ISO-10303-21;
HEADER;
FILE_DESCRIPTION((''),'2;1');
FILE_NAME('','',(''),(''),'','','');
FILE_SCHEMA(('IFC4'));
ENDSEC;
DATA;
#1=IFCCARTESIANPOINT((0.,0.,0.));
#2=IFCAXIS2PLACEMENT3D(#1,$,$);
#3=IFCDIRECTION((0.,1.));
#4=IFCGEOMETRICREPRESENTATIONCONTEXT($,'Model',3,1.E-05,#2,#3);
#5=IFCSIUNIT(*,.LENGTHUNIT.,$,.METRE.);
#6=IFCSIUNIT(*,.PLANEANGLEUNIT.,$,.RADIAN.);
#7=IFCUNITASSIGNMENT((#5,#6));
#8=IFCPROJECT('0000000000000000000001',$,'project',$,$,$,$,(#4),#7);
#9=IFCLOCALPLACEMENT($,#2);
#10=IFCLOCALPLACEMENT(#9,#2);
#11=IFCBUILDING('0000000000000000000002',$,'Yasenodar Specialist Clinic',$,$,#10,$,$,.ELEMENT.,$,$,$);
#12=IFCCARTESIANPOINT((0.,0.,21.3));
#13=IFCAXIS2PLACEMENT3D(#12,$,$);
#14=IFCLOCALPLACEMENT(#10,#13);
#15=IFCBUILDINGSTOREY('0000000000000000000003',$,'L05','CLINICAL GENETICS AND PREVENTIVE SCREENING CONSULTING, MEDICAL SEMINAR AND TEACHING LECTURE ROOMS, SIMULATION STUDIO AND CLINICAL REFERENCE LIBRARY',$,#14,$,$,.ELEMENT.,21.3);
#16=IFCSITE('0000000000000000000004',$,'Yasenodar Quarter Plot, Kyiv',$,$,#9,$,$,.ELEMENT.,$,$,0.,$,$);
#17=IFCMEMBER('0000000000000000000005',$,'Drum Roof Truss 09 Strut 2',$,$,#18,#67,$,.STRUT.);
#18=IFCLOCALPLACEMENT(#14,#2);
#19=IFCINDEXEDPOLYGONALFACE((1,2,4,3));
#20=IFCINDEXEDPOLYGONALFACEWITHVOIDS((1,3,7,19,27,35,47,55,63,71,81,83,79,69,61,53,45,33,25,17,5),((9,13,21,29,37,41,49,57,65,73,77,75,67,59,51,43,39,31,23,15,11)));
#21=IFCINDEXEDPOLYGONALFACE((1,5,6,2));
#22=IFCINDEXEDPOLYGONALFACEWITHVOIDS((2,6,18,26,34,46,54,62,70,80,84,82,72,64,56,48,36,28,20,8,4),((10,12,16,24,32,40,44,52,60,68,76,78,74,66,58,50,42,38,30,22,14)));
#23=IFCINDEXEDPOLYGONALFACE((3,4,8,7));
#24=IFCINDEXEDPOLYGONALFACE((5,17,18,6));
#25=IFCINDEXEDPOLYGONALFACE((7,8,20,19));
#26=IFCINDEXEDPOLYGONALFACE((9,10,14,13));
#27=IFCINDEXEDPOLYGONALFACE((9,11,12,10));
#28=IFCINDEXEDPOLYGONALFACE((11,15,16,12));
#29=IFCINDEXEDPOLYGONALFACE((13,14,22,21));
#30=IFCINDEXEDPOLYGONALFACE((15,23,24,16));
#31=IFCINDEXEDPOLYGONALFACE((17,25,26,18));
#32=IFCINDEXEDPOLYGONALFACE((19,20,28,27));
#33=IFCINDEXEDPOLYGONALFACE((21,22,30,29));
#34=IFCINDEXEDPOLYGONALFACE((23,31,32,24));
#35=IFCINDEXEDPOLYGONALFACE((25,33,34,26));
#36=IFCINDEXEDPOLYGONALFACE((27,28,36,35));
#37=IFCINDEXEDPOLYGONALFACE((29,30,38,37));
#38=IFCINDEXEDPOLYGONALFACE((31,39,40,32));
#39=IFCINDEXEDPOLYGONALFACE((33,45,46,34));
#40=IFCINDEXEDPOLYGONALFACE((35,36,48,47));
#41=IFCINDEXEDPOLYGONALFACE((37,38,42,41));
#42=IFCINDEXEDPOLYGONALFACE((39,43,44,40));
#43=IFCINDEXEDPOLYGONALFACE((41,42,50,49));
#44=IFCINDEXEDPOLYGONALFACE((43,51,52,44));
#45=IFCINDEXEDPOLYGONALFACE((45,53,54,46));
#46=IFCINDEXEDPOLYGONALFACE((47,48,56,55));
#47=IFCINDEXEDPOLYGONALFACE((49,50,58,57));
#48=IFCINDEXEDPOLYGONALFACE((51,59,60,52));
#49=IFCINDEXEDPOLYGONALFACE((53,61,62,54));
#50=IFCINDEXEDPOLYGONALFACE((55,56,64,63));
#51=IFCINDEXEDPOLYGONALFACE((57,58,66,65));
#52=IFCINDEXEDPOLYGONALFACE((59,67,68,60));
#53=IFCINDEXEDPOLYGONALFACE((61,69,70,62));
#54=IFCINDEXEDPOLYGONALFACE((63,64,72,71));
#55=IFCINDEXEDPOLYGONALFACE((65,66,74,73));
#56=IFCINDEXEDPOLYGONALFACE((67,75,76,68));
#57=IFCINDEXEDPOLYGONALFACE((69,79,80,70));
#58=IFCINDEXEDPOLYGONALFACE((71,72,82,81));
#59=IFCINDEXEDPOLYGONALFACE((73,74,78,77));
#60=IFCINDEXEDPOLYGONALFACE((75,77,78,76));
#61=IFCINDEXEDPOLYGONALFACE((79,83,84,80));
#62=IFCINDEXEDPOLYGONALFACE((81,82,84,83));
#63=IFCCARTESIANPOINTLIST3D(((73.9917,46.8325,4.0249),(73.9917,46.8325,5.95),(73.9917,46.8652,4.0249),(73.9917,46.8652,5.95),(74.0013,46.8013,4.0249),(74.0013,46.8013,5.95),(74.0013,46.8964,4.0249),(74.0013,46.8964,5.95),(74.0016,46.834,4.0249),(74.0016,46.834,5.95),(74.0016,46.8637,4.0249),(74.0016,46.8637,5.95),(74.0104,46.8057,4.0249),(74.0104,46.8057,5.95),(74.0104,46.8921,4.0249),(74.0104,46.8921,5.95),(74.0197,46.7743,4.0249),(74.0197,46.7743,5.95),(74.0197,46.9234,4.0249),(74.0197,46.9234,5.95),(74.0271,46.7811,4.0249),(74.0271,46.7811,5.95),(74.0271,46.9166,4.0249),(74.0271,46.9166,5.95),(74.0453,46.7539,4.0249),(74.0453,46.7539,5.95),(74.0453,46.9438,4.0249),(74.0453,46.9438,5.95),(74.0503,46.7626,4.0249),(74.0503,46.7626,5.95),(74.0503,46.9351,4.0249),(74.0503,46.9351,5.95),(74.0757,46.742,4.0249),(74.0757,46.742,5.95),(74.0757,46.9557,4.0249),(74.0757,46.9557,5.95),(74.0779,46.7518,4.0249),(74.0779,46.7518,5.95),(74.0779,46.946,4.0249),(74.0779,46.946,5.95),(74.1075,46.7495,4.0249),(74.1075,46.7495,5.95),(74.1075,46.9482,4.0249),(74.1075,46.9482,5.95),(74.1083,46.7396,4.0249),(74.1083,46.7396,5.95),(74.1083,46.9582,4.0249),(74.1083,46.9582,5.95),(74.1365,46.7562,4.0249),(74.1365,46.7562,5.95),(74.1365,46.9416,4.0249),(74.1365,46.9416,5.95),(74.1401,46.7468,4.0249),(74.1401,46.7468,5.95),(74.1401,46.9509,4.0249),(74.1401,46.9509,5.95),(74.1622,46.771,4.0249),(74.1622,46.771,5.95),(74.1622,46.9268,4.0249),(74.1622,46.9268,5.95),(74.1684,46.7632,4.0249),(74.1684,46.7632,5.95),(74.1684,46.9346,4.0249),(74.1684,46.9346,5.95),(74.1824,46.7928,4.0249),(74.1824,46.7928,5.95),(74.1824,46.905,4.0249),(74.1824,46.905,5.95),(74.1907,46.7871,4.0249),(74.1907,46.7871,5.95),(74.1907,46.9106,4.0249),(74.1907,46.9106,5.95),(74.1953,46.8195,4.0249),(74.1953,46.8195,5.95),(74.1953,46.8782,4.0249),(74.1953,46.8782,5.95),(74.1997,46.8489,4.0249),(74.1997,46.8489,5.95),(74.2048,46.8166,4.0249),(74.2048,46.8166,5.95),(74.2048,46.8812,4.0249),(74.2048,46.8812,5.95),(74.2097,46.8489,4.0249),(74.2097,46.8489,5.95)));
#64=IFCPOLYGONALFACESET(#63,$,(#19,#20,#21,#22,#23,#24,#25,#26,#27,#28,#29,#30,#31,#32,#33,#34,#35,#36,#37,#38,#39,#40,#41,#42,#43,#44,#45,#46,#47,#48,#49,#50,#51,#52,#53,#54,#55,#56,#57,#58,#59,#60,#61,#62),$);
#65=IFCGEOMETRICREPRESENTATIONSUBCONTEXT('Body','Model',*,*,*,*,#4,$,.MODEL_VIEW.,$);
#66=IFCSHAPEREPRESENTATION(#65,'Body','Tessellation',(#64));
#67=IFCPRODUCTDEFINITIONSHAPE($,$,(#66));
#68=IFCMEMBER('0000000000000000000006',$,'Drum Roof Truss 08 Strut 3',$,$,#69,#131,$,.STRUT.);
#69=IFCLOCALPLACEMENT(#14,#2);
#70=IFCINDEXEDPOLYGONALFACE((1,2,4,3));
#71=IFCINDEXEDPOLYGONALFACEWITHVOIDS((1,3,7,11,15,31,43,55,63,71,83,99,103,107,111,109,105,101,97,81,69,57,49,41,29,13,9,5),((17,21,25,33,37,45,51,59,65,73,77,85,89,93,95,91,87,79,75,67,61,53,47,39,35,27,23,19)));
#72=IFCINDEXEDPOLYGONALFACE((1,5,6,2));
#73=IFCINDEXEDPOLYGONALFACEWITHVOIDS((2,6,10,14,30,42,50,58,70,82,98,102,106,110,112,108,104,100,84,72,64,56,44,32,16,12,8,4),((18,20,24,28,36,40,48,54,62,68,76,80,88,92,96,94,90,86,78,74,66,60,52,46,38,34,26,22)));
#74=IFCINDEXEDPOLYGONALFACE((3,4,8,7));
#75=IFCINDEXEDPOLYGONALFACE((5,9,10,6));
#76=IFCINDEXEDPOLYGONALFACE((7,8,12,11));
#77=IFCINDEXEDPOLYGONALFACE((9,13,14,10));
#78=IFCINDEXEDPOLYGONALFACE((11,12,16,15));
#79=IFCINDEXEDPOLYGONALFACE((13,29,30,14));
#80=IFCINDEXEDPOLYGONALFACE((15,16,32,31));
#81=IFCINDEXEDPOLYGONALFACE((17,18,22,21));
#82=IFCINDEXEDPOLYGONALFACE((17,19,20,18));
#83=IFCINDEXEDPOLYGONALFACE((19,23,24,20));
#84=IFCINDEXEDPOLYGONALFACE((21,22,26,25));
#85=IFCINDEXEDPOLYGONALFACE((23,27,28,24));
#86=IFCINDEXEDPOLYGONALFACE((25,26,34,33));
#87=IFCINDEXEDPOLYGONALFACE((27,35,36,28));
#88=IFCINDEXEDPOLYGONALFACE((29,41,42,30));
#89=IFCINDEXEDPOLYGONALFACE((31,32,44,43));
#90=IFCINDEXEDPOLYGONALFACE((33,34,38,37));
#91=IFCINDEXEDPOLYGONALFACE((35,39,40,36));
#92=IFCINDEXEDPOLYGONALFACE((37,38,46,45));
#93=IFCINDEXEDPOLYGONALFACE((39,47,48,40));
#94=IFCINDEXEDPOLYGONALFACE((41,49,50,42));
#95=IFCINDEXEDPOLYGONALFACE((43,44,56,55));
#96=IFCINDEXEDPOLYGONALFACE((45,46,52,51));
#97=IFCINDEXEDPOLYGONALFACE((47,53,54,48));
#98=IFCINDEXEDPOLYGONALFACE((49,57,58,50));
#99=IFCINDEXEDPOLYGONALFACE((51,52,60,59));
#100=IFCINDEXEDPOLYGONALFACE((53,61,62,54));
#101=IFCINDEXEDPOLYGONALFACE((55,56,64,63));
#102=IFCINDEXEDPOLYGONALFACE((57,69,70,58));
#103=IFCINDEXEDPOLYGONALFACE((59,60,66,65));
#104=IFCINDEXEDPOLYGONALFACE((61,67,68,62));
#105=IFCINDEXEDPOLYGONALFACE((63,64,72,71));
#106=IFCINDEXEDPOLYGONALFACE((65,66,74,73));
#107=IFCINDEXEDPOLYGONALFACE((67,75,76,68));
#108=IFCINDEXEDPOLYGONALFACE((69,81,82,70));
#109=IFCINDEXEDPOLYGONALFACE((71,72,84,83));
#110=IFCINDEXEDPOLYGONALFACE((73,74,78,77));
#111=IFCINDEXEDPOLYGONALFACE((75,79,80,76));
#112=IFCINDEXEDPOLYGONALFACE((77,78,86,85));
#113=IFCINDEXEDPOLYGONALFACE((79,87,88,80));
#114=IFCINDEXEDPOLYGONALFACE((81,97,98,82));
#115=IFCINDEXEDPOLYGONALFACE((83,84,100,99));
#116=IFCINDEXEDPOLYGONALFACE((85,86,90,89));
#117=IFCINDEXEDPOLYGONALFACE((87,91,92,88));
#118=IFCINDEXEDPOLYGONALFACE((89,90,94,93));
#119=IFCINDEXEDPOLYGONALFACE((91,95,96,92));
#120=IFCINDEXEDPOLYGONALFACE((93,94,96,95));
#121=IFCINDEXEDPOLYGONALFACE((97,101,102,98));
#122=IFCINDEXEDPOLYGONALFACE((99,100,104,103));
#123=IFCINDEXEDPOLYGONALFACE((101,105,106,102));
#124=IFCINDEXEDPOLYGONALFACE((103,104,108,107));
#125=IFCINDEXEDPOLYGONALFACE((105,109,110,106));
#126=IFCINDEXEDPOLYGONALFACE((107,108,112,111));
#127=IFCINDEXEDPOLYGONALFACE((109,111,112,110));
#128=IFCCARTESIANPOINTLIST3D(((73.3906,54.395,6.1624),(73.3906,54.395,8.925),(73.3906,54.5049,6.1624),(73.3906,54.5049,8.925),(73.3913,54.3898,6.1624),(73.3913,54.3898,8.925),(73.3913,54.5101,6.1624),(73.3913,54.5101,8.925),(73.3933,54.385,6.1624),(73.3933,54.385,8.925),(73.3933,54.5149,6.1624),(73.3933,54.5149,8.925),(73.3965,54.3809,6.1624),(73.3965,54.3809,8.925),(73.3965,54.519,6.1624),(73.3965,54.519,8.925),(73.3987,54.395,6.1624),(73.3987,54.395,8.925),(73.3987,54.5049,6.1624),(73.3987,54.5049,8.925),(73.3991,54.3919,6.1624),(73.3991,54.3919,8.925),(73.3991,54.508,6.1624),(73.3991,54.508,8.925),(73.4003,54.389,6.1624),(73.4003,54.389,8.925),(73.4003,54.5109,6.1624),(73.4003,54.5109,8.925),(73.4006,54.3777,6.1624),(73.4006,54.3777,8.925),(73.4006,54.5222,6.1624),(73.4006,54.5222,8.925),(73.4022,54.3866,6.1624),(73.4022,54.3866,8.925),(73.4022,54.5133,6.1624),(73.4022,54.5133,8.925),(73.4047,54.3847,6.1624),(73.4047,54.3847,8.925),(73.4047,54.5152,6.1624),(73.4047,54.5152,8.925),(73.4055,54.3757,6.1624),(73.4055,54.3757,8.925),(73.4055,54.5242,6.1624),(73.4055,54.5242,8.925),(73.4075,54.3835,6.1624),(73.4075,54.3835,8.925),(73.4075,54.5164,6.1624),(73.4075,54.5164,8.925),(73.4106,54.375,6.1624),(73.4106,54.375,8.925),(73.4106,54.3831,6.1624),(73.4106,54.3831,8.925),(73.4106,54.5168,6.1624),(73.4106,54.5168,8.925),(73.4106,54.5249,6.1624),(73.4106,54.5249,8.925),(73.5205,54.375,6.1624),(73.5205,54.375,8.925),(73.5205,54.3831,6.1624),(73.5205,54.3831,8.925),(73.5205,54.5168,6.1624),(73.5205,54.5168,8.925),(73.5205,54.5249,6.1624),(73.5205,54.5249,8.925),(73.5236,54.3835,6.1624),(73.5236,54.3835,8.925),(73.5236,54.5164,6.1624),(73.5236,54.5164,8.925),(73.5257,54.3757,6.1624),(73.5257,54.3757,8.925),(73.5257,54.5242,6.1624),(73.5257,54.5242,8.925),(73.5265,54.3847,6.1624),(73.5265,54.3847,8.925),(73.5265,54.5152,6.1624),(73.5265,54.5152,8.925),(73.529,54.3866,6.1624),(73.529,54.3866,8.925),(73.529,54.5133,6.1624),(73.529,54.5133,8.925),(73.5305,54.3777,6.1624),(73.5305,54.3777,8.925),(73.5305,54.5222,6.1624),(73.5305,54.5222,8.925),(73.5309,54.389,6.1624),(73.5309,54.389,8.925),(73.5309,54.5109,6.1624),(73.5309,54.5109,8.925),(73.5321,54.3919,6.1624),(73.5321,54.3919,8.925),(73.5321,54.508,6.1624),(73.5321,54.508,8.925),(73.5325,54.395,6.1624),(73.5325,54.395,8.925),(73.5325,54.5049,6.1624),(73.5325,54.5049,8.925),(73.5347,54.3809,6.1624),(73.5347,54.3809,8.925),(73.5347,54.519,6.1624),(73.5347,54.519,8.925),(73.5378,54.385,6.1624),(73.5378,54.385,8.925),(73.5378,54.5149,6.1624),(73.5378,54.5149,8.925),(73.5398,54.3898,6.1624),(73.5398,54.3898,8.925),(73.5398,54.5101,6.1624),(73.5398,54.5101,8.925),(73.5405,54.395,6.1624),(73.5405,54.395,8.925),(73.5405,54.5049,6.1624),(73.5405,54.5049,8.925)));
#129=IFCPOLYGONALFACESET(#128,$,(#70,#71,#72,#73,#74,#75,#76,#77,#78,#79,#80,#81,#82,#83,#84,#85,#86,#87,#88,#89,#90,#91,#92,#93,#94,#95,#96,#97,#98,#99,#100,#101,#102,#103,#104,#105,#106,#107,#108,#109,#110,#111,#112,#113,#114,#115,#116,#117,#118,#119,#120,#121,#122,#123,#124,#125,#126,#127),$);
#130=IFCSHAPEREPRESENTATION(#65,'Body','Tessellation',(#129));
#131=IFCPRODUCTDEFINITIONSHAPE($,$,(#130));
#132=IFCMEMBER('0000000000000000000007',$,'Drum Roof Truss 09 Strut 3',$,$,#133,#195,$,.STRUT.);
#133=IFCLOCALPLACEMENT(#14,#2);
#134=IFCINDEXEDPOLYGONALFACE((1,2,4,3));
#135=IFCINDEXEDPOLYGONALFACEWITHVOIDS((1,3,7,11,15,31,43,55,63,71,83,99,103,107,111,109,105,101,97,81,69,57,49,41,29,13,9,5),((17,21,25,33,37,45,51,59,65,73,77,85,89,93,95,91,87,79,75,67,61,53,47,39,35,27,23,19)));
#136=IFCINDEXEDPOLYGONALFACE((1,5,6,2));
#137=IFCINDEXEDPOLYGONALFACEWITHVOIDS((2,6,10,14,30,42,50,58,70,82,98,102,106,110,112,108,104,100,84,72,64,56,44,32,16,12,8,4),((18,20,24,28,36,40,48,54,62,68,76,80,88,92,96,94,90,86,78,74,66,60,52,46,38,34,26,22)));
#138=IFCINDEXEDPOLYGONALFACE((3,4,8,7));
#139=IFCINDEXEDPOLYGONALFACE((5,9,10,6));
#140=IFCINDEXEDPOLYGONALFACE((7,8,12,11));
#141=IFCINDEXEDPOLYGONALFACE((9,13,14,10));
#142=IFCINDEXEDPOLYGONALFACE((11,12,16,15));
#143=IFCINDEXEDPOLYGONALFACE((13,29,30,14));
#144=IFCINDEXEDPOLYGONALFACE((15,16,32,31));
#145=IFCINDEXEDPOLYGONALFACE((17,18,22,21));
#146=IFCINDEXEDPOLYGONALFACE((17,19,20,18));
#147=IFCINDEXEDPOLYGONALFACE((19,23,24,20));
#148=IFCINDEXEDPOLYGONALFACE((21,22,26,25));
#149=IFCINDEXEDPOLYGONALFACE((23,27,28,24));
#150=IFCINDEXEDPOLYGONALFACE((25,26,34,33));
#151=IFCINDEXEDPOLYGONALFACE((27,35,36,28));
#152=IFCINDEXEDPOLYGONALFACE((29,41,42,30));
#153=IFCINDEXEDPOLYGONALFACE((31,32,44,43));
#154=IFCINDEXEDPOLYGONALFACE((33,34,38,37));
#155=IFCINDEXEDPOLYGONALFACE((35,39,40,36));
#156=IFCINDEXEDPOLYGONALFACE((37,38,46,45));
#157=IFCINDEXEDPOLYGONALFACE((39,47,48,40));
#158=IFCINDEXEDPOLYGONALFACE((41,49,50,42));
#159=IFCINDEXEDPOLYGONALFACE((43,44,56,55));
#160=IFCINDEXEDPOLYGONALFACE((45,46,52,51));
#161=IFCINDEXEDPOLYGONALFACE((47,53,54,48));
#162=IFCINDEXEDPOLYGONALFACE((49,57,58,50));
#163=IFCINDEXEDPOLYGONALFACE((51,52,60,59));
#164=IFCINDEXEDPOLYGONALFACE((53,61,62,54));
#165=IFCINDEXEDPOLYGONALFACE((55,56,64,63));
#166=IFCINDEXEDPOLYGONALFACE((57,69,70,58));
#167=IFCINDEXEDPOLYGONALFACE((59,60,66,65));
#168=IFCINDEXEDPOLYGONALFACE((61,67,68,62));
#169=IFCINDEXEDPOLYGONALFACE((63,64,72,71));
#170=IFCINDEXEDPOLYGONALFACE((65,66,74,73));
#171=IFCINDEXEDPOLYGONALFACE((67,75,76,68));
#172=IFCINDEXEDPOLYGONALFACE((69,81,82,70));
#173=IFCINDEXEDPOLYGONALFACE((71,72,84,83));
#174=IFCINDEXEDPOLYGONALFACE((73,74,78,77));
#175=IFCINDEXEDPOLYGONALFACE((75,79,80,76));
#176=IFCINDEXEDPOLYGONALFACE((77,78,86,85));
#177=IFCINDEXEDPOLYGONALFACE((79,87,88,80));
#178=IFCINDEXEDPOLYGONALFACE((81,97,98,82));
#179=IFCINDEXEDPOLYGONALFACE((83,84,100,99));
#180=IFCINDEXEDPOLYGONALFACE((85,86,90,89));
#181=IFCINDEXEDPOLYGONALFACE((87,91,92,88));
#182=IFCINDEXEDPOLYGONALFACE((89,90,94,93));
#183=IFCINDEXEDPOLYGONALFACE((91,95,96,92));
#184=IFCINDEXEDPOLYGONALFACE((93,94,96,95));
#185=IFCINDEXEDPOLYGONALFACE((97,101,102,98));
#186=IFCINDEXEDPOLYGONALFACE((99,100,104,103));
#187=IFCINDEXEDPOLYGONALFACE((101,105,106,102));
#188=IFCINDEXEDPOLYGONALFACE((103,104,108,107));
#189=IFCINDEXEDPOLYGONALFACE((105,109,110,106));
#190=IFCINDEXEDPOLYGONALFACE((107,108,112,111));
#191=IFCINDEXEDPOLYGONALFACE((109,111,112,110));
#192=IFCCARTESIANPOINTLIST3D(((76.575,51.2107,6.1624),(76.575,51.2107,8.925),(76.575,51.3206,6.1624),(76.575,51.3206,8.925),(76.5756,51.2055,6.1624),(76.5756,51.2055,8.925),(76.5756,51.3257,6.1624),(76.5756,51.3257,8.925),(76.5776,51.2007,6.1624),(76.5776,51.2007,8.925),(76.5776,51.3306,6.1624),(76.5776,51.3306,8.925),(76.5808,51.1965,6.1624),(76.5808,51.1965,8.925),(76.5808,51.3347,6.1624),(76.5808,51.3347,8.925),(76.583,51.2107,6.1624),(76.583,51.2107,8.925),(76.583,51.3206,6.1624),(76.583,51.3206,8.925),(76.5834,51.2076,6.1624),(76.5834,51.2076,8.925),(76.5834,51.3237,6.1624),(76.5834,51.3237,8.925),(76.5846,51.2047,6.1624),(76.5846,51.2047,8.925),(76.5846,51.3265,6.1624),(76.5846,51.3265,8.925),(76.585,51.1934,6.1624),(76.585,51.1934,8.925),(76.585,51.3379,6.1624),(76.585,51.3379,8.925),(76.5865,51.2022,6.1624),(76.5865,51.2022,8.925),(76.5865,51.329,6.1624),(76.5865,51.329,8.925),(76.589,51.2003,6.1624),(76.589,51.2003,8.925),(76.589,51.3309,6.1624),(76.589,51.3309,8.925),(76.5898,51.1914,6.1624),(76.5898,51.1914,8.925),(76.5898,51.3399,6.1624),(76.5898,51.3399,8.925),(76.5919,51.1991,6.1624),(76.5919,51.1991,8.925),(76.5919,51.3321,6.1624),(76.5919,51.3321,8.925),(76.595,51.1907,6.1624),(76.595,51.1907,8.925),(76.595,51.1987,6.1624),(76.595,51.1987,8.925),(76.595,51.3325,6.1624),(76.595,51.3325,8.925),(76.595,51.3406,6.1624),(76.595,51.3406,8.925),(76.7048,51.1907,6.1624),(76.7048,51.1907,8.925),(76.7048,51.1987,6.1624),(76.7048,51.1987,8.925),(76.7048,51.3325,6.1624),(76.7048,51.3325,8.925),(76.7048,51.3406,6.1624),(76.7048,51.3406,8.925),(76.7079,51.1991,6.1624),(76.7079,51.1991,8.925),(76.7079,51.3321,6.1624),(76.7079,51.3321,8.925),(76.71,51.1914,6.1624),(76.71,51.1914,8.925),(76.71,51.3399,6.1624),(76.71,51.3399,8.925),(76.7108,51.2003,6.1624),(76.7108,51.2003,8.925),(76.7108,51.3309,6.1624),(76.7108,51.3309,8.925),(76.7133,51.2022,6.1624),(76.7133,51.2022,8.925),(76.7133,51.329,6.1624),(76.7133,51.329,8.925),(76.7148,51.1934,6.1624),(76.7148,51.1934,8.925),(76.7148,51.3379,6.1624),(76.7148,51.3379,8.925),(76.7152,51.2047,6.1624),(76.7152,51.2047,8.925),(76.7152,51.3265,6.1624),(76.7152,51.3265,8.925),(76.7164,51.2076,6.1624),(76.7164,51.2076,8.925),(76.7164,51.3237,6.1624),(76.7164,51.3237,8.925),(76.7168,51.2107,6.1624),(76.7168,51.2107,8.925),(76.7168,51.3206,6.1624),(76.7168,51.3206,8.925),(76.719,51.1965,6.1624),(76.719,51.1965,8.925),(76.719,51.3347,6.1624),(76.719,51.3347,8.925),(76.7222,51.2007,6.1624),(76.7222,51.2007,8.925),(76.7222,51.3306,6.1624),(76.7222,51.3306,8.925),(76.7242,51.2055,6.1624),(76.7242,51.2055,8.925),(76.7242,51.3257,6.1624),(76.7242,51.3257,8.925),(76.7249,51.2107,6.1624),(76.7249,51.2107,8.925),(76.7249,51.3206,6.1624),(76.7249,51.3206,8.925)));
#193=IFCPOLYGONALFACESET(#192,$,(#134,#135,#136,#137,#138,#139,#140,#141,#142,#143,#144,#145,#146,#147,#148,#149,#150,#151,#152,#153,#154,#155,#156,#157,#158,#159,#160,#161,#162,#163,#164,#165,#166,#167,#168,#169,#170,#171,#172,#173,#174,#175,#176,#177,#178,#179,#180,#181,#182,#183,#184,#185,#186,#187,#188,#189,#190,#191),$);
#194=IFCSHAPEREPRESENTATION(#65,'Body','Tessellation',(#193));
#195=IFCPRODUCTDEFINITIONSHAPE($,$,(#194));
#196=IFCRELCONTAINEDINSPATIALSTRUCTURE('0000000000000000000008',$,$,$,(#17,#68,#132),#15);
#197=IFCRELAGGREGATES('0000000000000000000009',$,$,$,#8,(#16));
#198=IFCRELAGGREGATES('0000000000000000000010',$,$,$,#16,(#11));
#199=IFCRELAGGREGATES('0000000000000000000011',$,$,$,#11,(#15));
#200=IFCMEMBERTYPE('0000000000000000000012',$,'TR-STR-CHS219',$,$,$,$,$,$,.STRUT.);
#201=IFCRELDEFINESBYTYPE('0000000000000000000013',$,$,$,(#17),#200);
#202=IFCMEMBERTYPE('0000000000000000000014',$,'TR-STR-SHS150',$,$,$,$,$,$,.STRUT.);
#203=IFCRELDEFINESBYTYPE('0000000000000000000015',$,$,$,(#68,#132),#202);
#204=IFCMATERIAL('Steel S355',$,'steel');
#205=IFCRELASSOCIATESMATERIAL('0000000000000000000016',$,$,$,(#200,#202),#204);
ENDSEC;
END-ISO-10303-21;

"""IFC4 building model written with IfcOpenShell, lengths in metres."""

from ifc_helpers import new_model, si_unit, direction, frame, origin, origin_2d, place, context, subcontext, project, spatial, hollow_rectangle, hollow_circle, extrude, material, material_profile, profile_set, type_object, element, save


model = new_model("IFC4")

# Units and contexts
model_context = context("Model", 3, precision=1e-05, world=origin(), true_north=direction((0.0, 1.0)))
body_context = subcontext(model_context, "Body", "Model", "MODEL_VIEW")
ifc_project = project(units=[si_unit("LENGTHUNIT", "METRE"), si_unit("PLANEANGLEUNIT", "RADIAN")], contexts=[model_context])

# Site, building, storey
site_placement = place(None, origin())
site = spatial("IfcSite", under=ifc_project, at=site_placement, Name="Yasenodar Quarter Plot, Kyiv", CompositionType="ELEMENT", RefElevation=0.0)
building_placement = place(site_placement, origin())
building = spatial("IfcBuilding", under=site, at=building_placement, Name="Yasenodar Specialist Clinic", CompositionType="ELEMENT")
storey_placement = place(building_placement, frame((0.0, 0.0, 21.3)))
storey = spatial("IfcBuildingStorey", under=building, at=storey_placement, Name="L05", Description="CLINICAL GENETICS AND PREVENTIVE SCREENING CONSULTING, MEDICAL SEMINAR AND TEACHING LECTURE ROOMS, SIMULATION STUDIO AND CLINICAL REFERENCE LIBRARY", CompositionType="ELEMENT", Elevation=21.3)

# Shared definitions
ifc_material = material(Name="Steel S355", Category="steel")

# Members
ifc_material_profile_1 = material_profile(ifc_material, hollow_circle(Radius=0.1096, WallThickness=0.01, at=origin_2d()), Name="CHS 219.1x10")
ifc_profile_set_1 = profile_set([ifc_material_profile_1], Name="Steel S355")
member_type_1 = type_object("IfcMemberType", Name="TR-STR-CHS219", PredefinedType="STRUT", material=ifc_profile_set_1)
for number, where, z_axis, x_axis, name in (
    (1, (74.1001, 46.8489, 4.0249), (0.0, 0.0, 1.0), (1.0, 0.0, 0.0), "Drum Roof Truss 09 Strut 2"),
):
    element("IfcMember", number, at=place(storey_placement, frame(where, z_axis=z_axis, x_axis=x_axis)), inside=storey, type_object=member_type_1, Name=name, PredefinedType="STRUT", context=body_context, shape_type="SweptSolid", body=[
        extrude(hollow_circle(Radius=0.1096, WallThickness=0.01, at=origin_2d()), origin(), (0.0, 0.0, 1.0), 1.925),
    ])
ifc_material_profile_2 = material_profile(ifc_material, hollow_rectangle(XDim=0.1499, YDim=0.1499, WallThickness=0.0081, InnerFilletRadius=0.012, OuterFilletRadius=0.02, at=origin_2d()), Name="SHS 150x150x8")
ifc_profile_set_2 = profile_set([ifc_material_profile_2], Name="Steel S355")
member_type_2 = type_object("IfcMemberType", Name="TR-STR-SHS150", PredefinedType="STRUT", material=ifc_profile_set_2)
for number, where, z_axis, x_axis, name in (
    (2, (73.4656, 54.45, 6.1624), (0.0, 0.0, 1.0), (1.0, 0.0, 0.0), "Drum Roof Truss 08 Strut 3"),
    (3, (76.6499, 51.2656, 6.1624), (0.0, 0.0, 1.0), (1.0, 0.0, 0.0), "Drum Roof Truss 09 Strut 3"),
):
    element("IfcMember", number, at=place(storey_placement, frame(where, z_axis=z_axis, x_axis=x_axis)), inside=storey, type_object=member_type_2, Name=name, PredefinedType="STRUT", context=body_context, shape_type="SweptSolid", body=[
        extrude(hollow_rectangle(XDim=0.1499, YDim=0.1499, WallThickness=0.0081, InnerFilletRadius=0.012, OuterFilletRadius=0.02, at=origin_2d()), origin(), (0.0, 0.0, 1.0), 2.7627),
    ])

save(model, "model.ifc")
